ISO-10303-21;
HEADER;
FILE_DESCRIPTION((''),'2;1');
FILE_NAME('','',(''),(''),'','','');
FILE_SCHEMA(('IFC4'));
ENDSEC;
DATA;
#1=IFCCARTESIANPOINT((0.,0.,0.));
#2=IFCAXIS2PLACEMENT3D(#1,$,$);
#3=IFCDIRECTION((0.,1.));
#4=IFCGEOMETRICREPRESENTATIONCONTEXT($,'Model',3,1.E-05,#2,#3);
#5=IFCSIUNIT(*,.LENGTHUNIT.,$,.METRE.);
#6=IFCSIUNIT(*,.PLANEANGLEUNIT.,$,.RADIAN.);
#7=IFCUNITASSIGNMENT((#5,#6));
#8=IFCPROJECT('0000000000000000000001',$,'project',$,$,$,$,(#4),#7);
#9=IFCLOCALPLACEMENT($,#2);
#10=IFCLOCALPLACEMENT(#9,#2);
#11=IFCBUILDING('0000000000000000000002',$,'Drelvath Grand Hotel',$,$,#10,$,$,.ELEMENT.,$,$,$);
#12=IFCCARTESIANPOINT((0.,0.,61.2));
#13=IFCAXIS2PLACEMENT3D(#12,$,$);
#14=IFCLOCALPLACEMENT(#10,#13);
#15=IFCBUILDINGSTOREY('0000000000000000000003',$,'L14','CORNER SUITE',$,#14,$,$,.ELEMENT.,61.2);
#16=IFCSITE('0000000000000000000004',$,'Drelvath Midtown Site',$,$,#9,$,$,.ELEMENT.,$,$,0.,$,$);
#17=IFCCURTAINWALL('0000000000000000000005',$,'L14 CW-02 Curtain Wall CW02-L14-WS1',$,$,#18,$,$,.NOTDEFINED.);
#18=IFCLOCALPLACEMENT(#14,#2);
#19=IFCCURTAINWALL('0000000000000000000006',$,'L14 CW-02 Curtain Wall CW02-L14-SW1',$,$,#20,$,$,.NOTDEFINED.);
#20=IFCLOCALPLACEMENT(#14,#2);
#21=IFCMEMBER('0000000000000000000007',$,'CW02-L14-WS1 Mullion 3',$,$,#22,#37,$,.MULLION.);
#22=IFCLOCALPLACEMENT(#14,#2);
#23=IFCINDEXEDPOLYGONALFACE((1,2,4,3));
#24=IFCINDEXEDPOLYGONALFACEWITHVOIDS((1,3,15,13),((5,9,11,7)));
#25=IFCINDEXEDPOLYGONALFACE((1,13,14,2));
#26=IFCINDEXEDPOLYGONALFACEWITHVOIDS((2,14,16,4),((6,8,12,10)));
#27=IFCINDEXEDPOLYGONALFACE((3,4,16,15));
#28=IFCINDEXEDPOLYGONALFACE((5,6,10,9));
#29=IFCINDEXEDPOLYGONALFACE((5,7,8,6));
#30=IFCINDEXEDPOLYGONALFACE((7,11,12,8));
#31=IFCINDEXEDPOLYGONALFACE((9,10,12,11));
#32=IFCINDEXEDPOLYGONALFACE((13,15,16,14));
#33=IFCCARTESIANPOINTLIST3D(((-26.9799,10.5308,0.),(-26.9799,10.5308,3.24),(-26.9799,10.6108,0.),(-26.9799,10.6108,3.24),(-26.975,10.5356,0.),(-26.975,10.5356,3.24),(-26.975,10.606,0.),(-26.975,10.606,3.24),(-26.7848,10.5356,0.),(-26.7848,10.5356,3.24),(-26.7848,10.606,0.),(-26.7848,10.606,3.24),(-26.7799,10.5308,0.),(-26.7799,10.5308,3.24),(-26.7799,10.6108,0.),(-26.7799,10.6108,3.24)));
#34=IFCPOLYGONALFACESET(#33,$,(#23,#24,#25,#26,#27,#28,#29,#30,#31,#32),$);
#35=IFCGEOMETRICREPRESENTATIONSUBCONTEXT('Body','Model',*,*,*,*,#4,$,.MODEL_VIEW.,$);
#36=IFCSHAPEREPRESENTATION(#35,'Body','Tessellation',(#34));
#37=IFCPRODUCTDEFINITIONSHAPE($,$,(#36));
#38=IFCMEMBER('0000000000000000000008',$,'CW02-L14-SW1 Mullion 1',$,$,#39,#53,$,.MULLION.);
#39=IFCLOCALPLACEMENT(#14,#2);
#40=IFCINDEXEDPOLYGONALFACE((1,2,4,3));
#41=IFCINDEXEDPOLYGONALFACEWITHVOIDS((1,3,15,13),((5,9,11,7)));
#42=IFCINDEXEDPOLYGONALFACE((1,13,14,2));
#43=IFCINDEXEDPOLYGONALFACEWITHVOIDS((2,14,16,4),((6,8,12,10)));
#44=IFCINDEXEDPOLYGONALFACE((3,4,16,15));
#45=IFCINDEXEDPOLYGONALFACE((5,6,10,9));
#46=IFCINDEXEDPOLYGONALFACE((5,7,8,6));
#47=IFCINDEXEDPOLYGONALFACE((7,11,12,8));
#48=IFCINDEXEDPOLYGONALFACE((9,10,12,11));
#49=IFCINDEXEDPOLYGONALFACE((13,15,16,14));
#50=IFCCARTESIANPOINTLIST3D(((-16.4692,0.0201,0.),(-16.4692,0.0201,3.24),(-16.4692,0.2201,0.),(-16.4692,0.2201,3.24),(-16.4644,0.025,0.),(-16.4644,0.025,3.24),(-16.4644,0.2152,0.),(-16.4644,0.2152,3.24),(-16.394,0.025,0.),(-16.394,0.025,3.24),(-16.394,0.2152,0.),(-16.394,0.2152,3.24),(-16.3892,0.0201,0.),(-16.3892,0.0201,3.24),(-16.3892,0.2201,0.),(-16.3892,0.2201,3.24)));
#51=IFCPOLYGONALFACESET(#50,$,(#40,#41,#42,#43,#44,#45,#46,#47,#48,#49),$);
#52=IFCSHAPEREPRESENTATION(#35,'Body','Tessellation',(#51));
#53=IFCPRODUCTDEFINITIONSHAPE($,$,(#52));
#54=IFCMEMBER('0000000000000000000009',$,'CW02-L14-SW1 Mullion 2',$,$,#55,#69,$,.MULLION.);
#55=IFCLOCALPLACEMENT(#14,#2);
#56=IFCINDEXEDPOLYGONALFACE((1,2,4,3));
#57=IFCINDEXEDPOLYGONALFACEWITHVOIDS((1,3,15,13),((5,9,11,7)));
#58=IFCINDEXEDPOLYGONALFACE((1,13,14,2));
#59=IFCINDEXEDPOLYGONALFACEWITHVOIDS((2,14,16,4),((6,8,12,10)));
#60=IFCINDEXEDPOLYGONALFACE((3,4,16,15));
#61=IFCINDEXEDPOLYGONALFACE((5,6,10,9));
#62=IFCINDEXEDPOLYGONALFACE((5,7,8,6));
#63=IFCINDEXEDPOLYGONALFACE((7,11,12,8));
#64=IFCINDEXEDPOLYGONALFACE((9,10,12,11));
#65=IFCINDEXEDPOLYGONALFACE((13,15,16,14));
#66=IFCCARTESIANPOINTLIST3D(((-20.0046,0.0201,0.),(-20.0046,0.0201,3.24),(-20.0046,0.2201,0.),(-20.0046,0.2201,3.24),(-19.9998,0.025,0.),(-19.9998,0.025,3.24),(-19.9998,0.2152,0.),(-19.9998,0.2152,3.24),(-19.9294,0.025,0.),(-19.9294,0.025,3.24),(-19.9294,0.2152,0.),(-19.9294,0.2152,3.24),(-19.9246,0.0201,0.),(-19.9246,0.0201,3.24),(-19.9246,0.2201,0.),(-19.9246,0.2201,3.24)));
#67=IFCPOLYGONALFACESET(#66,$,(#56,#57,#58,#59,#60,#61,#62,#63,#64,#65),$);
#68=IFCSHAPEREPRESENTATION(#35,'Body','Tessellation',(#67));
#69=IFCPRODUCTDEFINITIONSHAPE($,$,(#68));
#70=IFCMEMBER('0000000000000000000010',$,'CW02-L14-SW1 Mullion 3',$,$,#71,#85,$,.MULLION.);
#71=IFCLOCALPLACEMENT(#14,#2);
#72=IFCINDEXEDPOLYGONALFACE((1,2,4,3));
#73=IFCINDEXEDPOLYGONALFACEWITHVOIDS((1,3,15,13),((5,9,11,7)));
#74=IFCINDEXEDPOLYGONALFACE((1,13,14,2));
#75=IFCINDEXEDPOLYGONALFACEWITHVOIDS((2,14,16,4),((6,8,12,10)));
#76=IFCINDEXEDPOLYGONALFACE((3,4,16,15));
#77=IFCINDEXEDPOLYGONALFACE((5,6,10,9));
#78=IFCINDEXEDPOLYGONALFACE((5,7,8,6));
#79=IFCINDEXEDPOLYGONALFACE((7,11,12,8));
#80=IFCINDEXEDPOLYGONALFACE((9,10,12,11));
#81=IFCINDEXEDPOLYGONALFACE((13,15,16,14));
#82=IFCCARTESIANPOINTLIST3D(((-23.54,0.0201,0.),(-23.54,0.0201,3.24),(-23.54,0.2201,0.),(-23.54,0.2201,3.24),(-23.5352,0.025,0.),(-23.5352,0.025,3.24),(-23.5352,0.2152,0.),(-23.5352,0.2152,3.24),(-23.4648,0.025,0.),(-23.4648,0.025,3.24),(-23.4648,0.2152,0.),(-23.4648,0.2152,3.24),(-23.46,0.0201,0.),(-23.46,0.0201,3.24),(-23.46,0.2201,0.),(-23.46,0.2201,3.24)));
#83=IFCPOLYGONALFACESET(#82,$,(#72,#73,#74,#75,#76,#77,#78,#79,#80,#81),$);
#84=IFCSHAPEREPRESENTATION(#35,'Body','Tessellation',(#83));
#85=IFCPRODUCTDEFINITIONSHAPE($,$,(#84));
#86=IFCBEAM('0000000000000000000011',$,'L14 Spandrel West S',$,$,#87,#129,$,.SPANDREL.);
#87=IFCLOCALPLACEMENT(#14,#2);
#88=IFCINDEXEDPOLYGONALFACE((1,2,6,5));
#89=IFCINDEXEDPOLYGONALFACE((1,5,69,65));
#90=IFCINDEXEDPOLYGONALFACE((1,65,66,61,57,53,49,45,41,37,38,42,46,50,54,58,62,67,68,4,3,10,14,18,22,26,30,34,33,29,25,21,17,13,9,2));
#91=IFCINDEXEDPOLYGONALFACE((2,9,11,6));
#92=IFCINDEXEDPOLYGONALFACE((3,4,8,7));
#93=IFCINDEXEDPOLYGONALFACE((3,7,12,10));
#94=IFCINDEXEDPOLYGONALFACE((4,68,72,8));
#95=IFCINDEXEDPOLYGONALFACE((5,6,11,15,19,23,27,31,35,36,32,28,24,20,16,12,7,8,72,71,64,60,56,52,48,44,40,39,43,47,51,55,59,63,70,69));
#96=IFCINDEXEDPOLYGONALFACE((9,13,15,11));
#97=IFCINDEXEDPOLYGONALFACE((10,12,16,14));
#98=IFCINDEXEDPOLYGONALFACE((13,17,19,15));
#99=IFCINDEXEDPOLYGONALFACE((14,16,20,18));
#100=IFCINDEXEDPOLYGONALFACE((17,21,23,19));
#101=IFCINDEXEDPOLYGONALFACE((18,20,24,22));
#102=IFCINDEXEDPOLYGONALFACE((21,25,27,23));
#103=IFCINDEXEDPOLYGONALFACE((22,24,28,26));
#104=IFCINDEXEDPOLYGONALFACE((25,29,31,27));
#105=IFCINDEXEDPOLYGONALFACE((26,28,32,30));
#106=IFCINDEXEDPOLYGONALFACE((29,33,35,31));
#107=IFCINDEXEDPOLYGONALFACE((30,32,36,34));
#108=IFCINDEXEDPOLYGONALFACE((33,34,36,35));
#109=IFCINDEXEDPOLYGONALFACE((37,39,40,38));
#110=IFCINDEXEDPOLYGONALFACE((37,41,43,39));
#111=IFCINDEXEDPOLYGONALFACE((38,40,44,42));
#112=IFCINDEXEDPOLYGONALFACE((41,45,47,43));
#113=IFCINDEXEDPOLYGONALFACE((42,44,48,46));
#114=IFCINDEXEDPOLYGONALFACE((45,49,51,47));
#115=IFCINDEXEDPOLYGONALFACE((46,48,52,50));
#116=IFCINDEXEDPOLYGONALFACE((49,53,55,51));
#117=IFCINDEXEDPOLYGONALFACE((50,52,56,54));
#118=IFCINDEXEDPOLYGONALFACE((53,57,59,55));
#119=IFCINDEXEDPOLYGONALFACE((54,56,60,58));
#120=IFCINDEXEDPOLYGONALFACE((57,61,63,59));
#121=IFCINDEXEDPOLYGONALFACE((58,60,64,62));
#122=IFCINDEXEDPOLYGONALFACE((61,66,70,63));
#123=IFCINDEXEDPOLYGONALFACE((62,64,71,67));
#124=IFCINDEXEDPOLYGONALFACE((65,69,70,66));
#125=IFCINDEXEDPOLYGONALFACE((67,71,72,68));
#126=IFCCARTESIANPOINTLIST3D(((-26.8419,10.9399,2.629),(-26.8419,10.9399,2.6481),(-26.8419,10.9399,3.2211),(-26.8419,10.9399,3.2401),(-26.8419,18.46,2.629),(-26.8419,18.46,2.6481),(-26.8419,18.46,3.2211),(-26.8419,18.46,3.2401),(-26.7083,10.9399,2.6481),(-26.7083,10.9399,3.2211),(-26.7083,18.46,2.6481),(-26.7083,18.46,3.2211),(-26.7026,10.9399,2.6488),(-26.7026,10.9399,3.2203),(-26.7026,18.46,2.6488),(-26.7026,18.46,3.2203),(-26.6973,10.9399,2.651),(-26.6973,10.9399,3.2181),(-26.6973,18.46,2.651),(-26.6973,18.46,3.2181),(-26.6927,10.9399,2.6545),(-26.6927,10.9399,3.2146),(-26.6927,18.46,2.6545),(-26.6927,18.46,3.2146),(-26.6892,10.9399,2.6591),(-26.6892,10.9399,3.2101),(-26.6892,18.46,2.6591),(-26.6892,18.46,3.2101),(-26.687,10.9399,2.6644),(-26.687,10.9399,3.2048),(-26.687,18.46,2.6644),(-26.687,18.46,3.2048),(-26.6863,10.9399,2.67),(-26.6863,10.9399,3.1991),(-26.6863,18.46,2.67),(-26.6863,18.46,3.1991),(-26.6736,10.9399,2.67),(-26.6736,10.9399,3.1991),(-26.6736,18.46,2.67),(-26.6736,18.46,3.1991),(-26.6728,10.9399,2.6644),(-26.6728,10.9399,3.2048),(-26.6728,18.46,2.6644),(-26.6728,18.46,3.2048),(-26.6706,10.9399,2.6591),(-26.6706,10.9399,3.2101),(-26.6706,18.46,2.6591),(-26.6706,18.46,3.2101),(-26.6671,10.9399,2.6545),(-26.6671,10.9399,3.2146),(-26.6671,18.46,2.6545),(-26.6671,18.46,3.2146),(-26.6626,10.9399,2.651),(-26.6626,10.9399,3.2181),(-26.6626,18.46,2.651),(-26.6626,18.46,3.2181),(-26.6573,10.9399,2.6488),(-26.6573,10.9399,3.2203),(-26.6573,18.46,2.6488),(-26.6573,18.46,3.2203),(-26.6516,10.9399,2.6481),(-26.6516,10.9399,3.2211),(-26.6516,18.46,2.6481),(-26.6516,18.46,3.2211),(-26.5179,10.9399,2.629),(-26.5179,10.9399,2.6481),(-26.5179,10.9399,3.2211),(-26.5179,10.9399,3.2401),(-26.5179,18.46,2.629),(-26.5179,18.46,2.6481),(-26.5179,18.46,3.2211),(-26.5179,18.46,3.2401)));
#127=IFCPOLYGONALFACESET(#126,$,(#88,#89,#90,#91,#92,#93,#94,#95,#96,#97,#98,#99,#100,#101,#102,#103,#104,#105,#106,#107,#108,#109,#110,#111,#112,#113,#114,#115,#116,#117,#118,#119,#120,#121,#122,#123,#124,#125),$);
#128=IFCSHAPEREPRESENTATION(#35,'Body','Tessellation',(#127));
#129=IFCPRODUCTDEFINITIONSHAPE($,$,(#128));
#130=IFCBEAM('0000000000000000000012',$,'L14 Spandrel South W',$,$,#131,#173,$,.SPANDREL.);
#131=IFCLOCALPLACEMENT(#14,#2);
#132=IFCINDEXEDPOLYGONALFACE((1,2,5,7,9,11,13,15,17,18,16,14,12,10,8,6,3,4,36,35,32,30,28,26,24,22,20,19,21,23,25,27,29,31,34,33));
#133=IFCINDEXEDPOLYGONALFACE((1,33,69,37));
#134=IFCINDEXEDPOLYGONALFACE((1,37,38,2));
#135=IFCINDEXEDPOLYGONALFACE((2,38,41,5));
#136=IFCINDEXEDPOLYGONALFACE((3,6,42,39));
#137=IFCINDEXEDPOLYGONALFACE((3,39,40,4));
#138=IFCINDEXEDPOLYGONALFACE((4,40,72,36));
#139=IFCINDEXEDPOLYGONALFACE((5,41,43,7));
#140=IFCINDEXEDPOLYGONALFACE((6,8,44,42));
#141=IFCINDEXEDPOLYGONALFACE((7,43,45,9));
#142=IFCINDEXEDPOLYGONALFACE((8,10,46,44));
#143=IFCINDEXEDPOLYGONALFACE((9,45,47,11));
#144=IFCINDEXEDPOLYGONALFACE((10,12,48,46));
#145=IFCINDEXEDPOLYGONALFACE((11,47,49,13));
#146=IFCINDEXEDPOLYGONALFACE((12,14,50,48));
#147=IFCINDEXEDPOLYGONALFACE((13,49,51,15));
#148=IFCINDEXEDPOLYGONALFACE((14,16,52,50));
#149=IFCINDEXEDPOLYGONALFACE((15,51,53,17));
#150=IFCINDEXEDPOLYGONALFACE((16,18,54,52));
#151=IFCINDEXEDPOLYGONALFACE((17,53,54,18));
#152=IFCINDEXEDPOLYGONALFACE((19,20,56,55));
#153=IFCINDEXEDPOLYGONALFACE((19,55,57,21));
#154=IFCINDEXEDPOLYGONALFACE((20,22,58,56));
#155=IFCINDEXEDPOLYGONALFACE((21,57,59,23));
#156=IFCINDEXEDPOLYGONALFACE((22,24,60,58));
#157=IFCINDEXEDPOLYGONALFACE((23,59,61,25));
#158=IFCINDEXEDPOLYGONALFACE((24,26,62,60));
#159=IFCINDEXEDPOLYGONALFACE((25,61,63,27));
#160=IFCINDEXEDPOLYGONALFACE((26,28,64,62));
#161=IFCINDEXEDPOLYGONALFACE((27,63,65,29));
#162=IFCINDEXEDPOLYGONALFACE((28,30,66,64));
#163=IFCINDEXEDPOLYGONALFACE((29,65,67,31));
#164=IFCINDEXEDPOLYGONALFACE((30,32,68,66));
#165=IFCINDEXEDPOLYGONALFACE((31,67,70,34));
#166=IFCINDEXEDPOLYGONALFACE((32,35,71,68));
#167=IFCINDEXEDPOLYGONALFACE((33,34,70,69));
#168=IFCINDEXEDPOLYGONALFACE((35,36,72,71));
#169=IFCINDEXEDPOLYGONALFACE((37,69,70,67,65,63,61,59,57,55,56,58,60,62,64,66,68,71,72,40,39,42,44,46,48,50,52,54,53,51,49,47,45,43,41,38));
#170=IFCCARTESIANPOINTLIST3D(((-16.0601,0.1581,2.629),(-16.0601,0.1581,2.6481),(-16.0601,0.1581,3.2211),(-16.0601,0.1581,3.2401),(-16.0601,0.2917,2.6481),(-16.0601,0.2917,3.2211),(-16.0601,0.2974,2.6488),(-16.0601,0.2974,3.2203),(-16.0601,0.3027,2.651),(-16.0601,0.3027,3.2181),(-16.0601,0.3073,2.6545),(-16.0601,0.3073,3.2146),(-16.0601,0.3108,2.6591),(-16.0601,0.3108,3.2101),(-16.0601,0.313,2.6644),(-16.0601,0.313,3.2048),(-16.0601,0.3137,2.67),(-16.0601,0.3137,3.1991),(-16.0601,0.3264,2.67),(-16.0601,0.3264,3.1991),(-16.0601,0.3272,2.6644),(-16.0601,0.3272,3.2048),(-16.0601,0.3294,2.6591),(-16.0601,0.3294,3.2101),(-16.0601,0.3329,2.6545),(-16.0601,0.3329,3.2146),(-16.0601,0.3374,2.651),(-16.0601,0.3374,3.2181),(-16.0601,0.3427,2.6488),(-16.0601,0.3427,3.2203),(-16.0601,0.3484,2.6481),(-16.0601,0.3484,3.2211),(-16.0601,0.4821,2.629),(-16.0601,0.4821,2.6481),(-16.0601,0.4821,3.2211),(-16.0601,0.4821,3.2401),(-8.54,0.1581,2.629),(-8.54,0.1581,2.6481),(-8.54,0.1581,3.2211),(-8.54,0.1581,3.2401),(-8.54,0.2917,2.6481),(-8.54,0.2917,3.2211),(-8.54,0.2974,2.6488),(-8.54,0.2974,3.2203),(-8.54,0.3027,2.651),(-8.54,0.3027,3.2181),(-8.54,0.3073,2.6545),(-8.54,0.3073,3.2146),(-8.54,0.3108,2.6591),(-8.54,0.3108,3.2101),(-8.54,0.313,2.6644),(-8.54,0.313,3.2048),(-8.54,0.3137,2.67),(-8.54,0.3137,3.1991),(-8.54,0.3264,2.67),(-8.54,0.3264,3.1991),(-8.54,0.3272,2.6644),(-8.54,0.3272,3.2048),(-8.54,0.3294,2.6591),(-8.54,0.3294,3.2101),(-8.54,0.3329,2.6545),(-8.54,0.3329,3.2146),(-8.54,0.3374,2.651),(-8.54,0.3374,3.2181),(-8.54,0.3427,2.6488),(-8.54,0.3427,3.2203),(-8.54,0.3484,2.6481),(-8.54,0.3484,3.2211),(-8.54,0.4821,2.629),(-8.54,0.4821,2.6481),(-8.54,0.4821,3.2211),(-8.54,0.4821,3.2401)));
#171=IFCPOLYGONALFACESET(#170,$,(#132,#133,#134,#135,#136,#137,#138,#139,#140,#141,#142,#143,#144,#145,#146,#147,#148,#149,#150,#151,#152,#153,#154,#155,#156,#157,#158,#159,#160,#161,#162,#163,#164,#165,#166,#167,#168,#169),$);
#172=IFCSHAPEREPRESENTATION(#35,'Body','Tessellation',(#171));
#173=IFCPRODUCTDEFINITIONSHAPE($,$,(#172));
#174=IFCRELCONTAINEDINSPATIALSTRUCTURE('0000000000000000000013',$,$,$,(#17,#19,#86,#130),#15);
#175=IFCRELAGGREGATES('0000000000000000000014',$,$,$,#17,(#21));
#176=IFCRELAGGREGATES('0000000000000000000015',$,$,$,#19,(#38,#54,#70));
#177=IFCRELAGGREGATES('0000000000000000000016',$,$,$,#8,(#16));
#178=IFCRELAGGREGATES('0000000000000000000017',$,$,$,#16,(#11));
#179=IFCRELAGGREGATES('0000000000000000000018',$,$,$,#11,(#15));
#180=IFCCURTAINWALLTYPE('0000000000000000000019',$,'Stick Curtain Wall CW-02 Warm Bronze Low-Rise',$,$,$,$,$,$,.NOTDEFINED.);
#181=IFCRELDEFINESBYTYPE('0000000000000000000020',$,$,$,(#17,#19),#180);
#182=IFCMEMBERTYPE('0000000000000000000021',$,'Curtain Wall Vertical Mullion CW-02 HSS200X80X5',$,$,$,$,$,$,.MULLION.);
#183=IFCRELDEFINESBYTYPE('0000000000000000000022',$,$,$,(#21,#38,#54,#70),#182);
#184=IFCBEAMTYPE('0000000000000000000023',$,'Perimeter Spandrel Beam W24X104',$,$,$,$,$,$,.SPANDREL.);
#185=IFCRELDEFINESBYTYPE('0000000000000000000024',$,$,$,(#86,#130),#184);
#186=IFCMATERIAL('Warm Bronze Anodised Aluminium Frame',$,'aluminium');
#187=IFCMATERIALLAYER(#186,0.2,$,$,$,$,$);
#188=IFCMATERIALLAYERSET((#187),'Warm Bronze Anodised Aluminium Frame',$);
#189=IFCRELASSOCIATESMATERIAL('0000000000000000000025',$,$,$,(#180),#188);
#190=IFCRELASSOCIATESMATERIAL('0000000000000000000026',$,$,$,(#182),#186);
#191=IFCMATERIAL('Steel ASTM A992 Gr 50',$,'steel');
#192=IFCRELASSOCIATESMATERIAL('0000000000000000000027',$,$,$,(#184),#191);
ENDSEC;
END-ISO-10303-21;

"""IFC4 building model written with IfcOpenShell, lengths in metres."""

from ifc_helpers import new_model, si_unit, direction, frame, origin, origin_2d, place, context, subcontext, project, spatial, hollow_rectangle, i_section, extrude, material, layer, layer_set, material_profile, profile_set, type_object, element, aggregate, save


model = new_model("IFC4")

# Units and contexts
model_context = context("Model", 3, precision=1e-05, world=origin(), true_north=direction((0.0, 1.0)))
body_context = subcontext(model_context, "Body", "Model", "MODEL_VIEW")
ifc_project = project(units=[si_unit("LENGTHUNIT", "METRE"), si_unit("PLANEANGLEUNIT", "RADIAN")], contexts=[model_context])

# Site, building, storey
site_placement = place(None, origin())
site = spatial("IfcSite", under=ifc_project, at=site_placement, Name="Drelvath Midtown Site", CompositionType="ELEMENT", RefElevation=0.0)
building_placement = place(site_placement, origin())
building = spatial("IfcBuilding", under=site, at=building_placement, Name="Drelvath Grand Hotel", CompositionType="ELEMENT")
storey_placement = place(building_placement, frame((0.0, 0.0, 61.2)))
storey = spatial("IfcBuildingStorey", under=building, at=storey_placement, Name="L14", Description="CORNER SUITE", CompositionType="ELEMENT", Elevation=61.2)

# Curtain walls
ifc_material_1 = material(Name="Warm Bronze Anodised Aluminium Frame", Category="aluminium")
ifc_layer_1 = layer(ifc_material_1, 0.2)
ifc_layer_set_1 = layer_set([ifc_layer_1], Name="Warm Bronze Anodised Aluminium Frame")
curtain_wall_type = type_object("IfcCurtainWallType", Name="Stick Curtain Wall CW-02 Warm Bronze Low-Rise", PredefinedType="NOTDEFINED", material=ifc_layer_set_1)
curtain_wall_1_placement = place(storey_placement, origin())
curtain_wall_1 = element("IfcCurtainWall", 1, at=curtain_wall_1_placement, inside=storey, type_object=curtain_wall_type, Name="L14 CW-02 Curtain Wall CW02-L14-WS1", PredefinedType="NOTDEFINED")
curtain_wall_2_placement = place(storey_placement, origin())
curtain_wall_2 = element("IfcCurtainWall", 2, at=curtain_wall_2_placement, inside=storey, type_object=curtain_wall_type, Name="L14 CW-02 Curtain Wall CW02-L14-SW1", PredefinedType="NOTDEFINED")

# Members
ifc_material_profile_1 = material_profile(ifc_material_1, hollow_rectangle(XDim=0.0801, YDim=0.2, WallThickness=0.0049, at=origin_2d()), Name="HSS200X80X5")
ifc_profile_set_1 = profile_set([ifc_material_profile_1], Name="Warm Bronze Anodised Aluminium Frame")
member_type_1 = type_object("IfcMemberType", Name="Curtain Wall Vertical Mullion CW-02 HSS200X80X5", PredefinedType="MULLION", material=ifc_profile_set_1)
member_1_placement = place(storey_placement, frame((-26.8799, 10.5708, 0.0), z_axis=(0.0, 0.0, 1.0), x_axis=(0.0, 1.0, 0.0)))
member_1 = element("IfcMember", 3, at=member_1_placement, type_object=member_type_1, Name="CW02-L14-WS1 Mullion 3", PredefinedType="MULLION", context=body_context, shape_type="SweptSolid", body=[
    extrude(hollow_rectangle(XDim=0.0801, YDim=0.2, WallThickness=0.0049, at=origin_2d()), origin(), (0.0, 0.0, 1.0), 3.24),
])
member_2_placement = place(storey_placement, frame((-16.4292, 0.1201, 0.0), z_axis=(0.0, 0.0, 1.0), x_axis=(1.0, 0.0, 0.0)))
member_2 = element("IfcMember", 4, at=member_2_placement, type_object=member_type_1, Name="CW02-L14-SW1 Mullion 1", PredefinedType="MULLION", context=body_context, shape_type="SweptSolid", body=[
    extrude(hollow_rectangle(XDim=0.0801, YDim=0.2, WallThickness=0.0049, at=origin_2d()), origin(), (0.0, 0.0, 1.0), 3.24),
])
member_3_placement = place(storey_placement, frame((-19.9646, 0.1201, 0.0), z_axis=(0.0, 0.0, 1.0), x_axis=(1.0, 0.0, 0.0)))
member_3 = element("IfcMember", 5, at=member_3_placement, type_object=member_type_1, Name="CW02-L14-SW1 Mullion 2", PredefinedType="MULLION", context=body_context, shape_type="SweptSolid", body=[
    extrude(hollow_rectangle(XDim=0.0801, YDim=0.2, WallThickness=0.0049, at=origin_2d()), origin(), (0.0, 0.0, 1.0), 3.24),
])
member_4_placement = place(storey_placement, frame((-23.5, 0.1201, 0.0), z_axis=(0.0, 0.0, 1.0), x_axis=(1.0, 0.0, 0.0)))
member_4 = element("IfcMember", 6, at=member_4_placement, type_object=member_type_1, Name="CW02-L14-SW1 Mullion 3", PredefinedType="MULLION", context=body_context, shape_type="SweptSolid", body=[
    extrude(hollow_rectangle(XDim=0.0801, YDim=0.2, WallThickness=0.0049, at=origin_2d()), origin(), (0.0, 0.0, 1.0), 3.24),
])

# Beams
ifc_material_2 = material(Name="Steel ASTM A992 Gr 50", Category="steel")
ifc_material_profile_2 = material_profile(ifc_material_2, i_section(OverallWidth=0.324, OverallDepth=0.6111, WebThickness=0.0127, FlangeThickness=0.019, FilletRadius=0.022, at=origin_2d()), Name="W24X104")
ifc_profile_set_2 = profile_set([ifc_material_profile_2], Name="Steel ASTM A992 Gr 50")
beam_type_1 = type_object("IfcBeamType", Name="Perimeter Spandrel Beam W24X104", PredefinedType="SPANDREL", material=ifc_profile_set_2)
for number, where, z_axis, x_axis, name in (
    (7, (-26.6799, 10.9399, 2.9346), (0.0, 1.0, 0.0), (-1.0, 0.0, 0.0), "L14 Spandrel West S"),
    (8, (-16.0601, 0.3201, 2.9346), (1.0, 0.0, 0.0), (0.0, 1.0, 0.0), "L14 Spandrel South W"),
):
    element("IfcBeam", number, at=place(storey_placement, frame(where, z_axis=z_axis, x_axis=x_axis)), inside=storey, type_object=beam_type_1, Name=name, PredefinedType="SPANDREL", context=body_context, shape_type="SweptSolid", body=[
        extrude(i_section(OverallWidth=0.324, OverallDepth=0.6111, WebThickness=0.0127, FlangeThickness=0.019, FilletRadius=0.022, at=origin_2d()), origin(), (0.0, 0.0, 1.0), 7.52),
    ])

aggregate(curtain_wall_1, [member_1])
aggregate(curtain_wall_2, [member_2, member_3, member_4])

save(model, "model.ifc")
